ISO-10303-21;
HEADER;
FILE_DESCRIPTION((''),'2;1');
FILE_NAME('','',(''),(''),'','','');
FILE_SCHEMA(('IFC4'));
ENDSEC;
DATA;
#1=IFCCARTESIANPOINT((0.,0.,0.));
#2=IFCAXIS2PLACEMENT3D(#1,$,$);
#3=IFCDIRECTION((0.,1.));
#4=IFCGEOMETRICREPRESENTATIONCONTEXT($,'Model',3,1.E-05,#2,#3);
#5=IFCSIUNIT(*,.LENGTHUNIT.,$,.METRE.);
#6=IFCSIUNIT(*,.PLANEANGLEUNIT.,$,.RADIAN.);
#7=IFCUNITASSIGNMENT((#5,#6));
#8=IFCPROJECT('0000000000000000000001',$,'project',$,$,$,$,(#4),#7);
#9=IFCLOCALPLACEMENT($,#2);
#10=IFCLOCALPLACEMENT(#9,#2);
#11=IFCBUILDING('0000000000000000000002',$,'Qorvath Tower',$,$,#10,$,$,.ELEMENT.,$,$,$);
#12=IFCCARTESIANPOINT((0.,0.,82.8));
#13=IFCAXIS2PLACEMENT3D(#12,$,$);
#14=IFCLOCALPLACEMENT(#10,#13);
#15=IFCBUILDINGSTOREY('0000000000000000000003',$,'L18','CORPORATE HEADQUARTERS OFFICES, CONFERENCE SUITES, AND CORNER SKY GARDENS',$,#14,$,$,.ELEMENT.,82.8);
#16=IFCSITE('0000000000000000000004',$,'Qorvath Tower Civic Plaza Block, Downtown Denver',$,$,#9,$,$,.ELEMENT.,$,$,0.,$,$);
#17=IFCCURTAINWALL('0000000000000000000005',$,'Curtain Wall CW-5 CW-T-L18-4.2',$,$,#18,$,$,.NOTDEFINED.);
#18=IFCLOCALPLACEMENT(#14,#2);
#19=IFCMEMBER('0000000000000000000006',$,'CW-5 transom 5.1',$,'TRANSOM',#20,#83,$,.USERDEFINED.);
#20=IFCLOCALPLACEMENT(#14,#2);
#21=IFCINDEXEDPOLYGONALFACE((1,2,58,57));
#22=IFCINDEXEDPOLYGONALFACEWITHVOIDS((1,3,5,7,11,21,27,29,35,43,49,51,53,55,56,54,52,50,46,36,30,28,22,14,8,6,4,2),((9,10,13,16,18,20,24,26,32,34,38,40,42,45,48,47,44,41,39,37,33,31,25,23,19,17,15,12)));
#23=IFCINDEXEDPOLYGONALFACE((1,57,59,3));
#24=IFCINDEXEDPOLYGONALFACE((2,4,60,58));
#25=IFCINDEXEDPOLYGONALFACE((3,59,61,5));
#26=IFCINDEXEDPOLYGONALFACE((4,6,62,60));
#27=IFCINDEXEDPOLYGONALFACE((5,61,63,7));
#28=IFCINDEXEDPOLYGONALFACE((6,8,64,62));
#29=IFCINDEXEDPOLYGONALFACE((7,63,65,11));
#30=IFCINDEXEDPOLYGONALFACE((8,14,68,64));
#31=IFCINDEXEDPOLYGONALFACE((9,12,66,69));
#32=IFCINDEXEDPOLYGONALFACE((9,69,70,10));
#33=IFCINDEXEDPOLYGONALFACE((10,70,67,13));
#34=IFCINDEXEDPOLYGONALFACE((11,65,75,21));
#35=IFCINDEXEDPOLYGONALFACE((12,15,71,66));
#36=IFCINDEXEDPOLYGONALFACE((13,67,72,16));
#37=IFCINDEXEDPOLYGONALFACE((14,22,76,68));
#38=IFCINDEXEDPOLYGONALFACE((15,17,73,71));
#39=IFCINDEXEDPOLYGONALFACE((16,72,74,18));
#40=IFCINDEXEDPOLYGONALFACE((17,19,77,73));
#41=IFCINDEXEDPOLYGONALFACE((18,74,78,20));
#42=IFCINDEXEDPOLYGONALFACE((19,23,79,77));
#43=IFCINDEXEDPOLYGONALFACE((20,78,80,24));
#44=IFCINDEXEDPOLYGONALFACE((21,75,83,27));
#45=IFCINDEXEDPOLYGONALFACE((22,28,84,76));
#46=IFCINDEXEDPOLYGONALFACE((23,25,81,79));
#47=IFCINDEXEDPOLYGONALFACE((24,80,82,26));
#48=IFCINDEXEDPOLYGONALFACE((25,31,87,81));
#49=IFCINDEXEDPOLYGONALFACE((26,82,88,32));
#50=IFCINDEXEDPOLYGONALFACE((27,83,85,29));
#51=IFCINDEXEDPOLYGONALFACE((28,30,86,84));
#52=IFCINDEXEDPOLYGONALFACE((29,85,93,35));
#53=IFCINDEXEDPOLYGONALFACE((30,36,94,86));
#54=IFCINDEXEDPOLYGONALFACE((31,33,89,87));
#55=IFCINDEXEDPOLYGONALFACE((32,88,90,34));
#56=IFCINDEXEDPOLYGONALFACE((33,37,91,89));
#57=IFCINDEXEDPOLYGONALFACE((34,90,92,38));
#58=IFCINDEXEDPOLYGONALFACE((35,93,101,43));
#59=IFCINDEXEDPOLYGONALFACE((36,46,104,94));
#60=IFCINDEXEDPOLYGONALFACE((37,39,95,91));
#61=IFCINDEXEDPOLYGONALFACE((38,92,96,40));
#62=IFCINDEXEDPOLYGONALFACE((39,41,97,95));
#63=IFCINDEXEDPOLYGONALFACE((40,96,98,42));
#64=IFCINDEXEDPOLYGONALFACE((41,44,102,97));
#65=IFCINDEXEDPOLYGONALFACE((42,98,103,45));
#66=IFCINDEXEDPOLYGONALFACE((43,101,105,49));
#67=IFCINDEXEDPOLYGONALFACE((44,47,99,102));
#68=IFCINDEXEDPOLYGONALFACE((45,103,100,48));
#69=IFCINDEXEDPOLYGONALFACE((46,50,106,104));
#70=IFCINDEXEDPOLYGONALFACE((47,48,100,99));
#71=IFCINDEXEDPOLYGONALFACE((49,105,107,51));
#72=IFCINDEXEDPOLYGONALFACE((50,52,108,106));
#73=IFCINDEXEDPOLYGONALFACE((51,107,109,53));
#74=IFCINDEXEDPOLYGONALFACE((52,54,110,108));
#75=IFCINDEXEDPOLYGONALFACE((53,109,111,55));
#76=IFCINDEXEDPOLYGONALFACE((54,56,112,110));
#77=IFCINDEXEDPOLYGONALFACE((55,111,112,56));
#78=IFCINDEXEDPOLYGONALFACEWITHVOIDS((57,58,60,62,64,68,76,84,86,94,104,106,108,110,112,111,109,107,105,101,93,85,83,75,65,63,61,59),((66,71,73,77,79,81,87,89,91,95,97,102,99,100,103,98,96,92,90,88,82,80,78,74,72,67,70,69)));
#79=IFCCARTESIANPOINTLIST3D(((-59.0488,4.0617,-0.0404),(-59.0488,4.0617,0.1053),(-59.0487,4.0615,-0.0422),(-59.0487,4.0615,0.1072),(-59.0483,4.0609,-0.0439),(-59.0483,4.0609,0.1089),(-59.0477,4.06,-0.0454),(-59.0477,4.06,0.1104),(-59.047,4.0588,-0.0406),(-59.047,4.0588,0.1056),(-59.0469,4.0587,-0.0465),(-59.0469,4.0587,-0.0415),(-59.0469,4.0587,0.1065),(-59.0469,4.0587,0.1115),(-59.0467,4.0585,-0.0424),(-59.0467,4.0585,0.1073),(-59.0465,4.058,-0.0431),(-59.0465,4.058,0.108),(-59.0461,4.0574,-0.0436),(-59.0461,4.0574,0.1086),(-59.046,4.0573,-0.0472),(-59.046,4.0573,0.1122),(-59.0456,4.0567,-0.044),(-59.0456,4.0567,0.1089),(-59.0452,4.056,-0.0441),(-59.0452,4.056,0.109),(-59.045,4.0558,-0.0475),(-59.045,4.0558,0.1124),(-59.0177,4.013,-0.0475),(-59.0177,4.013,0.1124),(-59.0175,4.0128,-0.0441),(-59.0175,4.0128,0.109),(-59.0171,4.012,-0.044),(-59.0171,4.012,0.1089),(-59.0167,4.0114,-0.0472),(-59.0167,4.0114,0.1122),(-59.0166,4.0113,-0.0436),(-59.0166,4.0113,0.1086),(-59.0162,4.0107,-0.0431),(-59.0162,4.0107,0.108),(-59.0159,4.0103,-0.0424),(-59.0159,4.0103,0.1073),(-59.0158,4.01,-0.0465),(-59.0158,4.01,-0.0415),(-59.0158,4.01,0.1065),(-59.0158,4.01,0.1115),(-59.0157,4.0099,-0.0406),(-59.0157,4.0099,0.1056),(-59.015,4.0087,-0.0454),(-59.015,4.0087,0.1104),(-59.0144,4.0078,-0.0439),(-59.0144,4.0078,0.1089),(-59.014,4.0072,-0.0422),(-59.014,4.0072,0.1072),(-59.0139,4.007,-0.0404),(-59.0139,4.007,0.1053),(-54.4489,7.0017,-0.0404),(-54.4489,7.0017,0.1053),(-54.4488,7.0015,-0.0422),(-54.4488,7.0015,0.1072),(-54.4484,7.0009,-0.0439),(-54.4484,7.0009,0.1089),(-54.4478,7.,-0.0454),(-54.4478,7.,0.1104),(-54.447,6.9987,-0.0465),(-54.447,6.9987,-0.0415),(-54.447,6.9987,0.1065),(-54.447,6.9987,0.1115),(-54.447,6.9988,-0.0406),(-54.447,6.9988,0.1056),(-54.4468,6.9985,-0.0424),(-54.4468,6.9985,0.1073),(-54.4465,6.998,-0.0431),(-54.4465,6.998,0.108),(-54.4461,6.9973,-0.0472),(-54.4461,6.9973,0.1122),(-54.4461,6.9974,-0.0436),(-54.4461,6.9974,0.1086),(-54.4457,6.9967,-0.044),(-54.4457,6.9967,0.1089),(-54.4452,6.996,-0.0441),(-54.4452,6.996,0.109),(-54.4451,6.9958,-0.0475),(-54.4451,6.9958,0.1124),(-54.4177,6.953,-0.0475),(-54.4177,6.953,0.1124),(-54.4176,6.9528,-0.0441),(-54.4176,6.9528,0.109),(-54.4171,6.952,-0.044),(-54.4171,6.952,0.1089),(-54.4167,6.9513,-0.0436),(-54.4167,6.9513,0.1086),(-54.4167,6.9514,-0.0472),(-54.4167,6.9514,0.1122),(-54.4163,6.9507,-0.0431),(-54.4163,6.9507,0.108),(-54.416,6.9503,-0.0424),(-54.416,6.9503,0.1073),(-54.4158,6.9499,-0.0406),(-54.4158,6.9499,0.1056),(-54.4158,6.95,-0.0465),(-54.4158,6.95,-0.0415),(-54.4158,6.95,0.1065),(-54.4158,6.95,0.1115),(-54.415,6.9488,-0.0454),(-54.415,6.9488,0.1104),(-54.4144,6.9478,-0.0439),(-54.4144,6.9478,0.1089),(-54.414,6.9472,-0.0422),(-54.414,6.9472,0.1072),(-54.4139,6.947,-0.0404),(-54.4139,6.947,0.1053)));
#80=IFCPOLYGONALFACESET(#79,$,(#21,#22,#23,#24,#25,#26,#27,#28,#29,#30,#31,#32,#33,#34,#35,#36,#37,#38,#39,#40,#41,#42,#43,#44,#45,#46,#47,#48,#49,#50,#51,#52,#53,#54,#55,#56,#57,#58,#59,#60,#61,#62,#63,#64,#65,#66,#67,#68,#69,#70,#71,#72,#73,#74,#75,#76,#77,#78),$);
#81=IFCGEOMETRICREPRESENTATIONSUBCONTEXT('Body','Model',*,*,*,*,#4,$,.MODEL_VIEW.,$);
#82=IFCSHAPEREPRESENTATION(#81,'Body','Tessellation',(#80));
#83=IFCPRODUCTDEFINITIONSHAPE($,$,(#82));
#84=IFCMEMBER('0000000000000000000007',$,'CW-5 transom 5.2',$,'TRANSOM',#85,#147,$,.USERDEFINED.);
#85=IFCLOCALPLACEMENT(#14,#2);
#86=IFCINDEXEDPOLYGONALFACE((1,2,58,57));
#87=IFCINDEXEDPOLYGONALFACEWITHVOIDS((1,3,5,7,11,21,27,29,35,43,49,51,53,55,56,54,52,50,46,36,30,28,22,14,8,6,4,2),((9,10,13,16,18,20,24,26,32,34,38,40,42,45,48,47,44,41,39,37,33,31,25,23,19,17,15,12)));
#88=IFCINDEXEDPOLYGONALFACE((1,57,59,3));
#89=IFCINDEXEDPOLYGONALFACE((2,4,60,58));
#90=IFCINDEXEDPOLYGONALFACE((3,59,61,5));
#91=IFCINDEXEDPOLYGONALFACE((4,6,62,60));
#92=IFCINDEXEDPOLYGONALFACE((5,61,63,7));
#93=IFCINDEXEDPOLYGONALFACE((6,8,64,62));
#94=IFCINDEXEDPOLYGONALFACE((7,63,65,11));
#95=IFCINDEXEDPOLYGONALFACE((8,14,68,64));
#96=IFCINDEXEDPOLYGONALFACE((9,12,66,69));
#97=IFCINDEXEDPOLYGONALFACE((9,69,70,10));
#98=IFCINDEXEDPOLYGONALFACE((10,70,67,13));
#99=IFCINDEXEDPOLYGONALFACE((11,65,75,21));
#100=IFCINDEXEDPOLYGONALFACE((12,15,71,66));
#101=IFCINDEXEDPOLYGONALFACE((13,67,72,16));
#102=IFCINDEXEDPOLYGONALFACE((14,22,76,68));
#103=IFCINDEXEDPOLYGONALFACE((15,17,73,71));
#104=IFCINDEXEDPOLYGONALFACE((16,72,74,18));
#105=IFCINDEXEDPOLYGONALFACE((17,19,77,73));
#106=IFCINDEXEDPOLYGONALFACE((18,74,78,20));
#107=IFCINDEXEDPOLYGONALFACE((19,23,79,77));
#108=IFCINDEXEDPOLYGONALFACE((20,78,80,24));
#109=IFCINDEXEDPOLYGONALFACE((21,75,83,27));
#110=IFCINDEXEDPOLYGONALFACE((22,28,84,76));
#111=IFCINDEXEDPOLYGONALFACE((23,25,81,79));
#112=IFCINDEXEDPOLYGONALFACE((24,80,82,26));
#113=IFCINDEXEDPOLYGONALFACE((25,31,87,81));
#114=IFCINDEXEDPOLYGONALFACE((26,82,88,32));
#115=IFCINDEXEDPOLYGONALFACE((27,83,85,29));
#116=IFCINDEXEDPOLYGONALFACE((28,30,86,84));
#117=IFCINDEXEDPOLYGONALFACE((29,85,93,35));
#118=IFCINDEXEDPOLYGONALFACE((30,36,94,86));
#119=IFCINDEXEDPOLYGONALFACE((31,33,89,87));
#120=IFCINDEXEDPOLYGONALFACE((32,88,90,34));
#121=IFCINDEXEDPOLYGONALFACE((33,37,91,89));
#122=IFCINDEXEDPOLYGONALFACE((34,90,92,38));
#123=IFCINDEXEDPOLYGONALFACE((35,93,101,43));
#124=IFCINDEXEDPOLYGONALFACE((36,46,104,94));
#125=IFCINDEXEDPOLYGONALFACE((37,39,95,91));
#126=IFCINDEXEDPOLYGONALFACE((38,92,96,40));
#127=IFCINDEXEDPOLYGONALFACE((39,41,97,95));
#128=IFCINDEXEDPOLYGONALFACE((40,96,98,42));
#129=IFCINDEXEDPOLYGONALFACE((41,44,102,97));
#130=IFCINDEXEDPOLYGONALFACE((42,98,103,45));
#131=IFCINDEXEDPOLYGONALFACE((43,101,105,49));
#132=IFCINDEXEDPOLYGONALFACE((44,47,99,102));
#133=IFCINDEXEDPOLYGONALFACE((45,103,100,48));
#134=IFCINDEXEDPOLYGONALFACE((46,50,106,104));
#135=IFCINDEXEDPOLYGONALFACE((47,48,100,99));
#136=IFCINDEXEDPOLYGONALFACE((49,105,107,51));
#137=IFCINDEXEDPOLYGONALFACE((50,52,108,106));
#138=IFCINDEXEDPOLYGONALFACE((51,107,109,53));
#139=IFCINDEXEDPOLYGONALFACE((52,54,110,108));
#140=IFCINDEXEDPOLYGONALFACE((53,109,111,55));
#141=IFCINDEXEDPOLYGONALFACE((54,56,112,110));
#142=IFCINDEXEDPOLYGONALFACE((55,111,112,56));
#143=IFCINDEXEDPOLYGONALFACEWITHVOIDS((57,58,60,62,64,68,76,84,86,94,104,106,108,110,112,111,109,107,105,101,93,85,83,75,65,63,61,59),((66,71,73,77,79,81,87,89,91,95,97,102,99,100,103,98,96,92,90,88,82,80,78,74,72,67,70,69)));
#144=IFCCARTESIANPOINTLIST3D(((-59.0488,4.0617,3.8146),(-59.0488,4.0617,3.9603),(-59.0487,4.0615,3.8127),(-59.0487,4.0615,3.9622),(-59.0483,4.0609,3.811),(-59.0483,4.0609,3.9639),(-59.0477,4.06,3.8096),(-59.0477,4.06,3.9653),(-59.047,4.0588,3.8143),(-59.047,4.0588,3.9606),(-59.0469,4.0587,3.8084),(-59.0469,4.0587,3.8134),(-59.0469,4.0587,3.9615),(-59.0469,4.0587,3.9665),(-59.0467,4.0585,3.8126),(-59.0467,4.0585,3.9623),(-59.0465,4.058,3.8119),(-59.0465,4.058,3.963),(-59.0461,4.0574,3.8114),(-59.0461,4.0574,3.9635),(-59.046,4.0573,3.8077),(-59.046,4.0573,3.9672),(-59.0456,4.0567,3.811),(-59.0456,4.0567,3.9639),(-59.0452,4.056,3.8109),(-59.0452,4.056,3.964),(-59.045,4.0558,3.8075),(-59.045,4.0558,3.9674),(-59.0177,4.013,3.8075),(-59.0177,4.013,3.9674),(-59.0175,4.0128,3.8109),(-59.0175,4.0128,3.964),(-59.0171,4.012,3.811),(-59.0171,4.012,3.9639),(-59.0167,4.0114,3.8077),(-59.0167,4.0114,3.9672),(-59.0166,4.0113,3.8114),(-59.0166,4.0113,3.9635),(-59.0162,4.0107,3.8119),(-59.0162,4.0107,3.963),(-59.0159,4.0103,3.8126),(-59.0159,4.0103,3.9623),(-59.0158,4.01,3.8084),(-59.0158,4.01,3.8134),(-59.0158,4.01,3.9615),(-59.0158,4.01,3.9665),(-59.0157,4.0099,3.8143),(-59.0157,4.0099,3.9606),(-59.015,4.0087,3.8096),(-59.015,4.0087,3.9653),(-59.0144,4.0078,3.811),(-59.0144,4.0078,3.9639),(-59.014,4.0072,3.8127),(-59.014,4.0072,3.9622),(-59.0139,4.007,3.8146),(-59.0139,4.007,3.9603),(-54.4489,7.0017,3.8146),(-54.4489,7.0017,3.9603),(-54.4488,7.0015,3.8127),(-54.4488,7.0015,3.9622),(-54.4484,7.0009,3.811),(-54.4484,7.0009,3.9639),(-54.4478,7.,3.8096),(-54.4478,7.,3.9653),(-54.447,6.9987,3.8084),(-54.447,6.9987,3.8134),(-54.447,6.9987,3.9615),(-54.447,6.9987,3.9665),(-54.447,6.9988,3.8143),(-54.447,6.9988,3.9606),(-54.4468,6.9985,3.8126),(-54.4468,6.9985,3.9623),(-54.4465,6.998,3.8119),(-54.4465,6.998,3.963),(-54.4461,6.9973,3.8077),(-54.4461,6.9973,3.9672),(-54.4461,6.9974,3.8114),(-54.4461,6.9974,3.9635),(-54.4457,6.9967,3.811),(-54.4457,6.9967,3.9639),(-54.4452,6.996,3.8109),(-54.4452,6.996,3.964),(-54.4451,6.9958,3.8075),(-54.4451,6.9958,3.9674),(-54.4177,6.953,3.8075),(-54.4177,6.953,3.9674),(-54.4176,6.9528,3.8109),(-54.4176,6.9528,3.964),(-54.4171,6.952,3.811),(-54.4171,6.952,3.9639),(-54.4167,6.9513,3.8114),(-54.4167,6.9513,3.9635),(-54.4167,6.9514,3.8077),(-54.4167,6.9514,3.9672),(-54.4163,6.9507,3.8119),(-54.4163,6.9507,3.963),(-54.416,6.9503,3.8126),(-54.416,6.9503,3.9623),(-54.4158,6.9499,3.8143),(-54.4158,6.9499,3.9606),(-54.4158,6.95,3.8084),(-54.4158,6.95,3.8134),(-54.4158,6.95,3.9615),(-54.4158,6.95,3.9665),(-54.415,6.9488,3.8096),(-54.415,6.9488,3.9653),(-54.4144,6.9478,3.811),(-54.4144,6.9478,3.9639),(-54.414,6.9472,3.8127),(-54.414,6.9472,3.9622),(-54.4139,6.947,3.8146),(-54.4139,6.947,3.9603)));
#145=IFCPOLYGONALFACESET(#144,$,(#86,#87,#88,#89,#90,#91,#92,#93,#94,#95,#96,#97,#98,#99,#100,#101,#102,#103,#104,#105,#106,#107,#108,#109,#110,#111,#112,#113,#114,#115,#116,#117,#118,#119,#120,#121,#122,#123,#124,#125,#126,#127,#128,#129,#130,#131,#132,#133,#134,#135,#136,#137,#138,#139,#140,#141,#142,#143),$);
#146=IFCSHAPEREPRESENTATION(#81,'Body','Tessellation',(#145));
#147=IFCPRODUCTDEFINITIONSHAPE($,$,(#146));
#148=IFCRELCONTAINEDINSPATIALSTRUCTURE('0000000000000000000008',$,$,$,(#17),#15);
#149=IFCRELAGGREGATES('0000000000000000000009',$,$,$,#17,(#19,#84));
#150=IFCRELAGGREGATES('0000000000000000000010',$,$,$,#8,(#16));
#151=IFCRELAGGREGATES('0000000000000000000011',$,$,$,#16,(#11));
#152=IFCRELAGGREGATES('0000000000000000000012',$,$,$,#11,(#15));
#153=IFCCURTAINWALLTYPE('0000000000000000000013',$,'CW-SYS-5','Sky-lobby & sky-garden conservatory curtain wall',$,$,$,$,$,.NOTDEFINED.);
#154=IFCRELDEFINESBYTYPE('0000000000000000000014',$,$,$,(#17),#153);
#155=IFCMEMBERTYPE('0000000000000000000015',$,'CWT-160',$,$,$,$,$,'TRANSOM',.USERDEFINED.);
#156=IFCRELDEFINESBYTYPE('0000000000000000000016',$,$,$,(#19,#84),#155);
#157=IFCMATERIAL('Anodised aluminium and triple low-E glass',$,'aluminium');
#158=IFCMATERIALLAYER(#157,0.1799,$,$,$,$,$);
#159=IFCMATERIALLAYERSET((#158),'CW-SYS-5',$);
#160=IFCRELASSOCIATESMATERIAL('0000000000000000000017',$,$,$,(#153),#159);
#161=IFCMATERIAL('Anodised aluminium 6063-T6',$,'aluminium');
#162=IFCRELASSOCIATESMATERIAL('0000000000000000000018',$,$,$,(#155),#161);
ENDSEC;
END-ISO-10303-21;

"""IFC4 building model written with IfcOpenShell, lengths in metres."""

from ifc_helpers import new_model, si_unit, direction, frame, origin, origin_2d, place, context, subcontext, project, spatial, hollow_rectangle, extrude, material, layer, layer_set, material_profile, profile_set, type_object, element, aggregate, save


model = new_model("IFC4")

# Units and contexts
model_context = context("Model", 3, precision=1e-05, world=origin(), true_north=direction((0.0, 1.0)))
body_context = subcontext(model_context, "Body", "Model", "MODEL_VIEW")
ifc_project = project(units=[si_unit("LENGTHUNIT", "METRE"), si_unit("PLANEANGLEUNIT", "RADIAN")], contexts=[model_context])

# Site, building, storey
site_placement = place(None, origin())
site = spatial("IfcSite", under=ifc_project, at=site_placement, Name="Qorvath Tower Civic Plaza Block, Downtown Denver", CompositionType="ELEMENT", RefElevation=0.0)
building_placement = place(site_placement, origin())
building = spatial("IfcBuilding", under=site, at=building_placement, Name="Qorvath Tower", CompositionType="ELEMENT")
storey_placement = place(building_placement, frame((0.0, 0.0, 82.8)))
storey = spatial("IfcBuildingStorey", under=building, at=storey_placement, Name="L18", Description="CORPORATE HEADQUARTERS OFFICES, CONFERENCE SUITES, AND CORNER SKY GARDENS", CompositionType="ELEMENT", Elevation=82.8)

# Curtain wall
ifc_material_1 = material(Name="Anodised aluminium and triple low-E glass", Category="aluminium")
ifc_layer_1 = layer(ifc_material_1, 0.1799)
ifc_layer_set_1 = layer_set([ifc_layer_1], Name="CW-SYS-5")
curtain_wall_type = type_object("IfcCurtainWallType", Name="CW-SYS-5", Description="Sky-lobby & sky-garden conservatory curtain wall", PredefinedType="NOTDEFINED", material=ifc_layer_set_1)
curtain_wall_1_placement = place(storey_placement, origin())
curtain_wall_1 = element("IfcCurtainWall", 1, at=curtain_wall_1_placement, inside=storey, type_object=curtain_wall_type, Name="Curtain Wall CW-5 CW-T-L18-4.2", PredefinedType="NOTDEFINED")

# Members
ifc_material_2 = material(Name="Anodised aluminium 6063-T6", Category="aluminium")
ifc_material_profile_1 = material_profile(ifc_material_2, hollow_rectangle(XDim=0.0649, YDim=0.1599, WallThickness=0.0034, InnerFilletRadius=0.0034, OuterFilletRadius=0.0071, at=origin_2d()), Name="CWT 160x65")
ifc_profile_set_1 = profile_set([ifc_material_profile_1], Name="Anodised aluminium 6063-T6")
member_type_1 = type_object("IfcMemberType", Name="CWT-160", ElementType="TRANSOM", PredefinedType="USERDEFINED", material=ifc_profile_set_1)
member_1_placement = place(storey_placement, frame((-54.4314, 6.9744, 0.0325), z_axis=(-0.842601, -0.538538, 0.0), x_axis=(0.538538, -0.842601, 0.0)))
member_1 = element("IfcMember", 2, at=member_1_placement, type_object=member_type_1, Name="CW-5 transom 5.1", ObjectType="TRANSOM", PredefinedType="USERDEFINED", context=body_context, shape_type="SweptSolid", body=[
    extrude(hollow_rectangle(XDim=0.0649, YDim=0.1599, WallThickness=0.0034, InnerFilletRadius=0.0034, OuterFilletRadius=0.0071, at=origin_2d()), origin(), (0.0, 0.0, 1.0), 5.4592),
])
member_2_placement = place(storey_placement, frame((-54.4314, 6.9744, 3.8875), z_axis=(-0.842601, -0.538538, 0.0), x_axis=(0.538538, -0.842601, 0.0)))
member_2 = element("IfcMember", 3, at=member_2_placement, type_object=member_type_1, Name="CW-5 transom 5.2", ObjectType="TRANSOM", PredefinedType="USERDEFINED", context=body_context, shape_type="SweptSolid", body=[
    extrude(hollow_rectangle(XDim=0.0649, YDim=0.1599, WallThickness=0.0034, InnerFilletRadius=0.0034, OuterFilletRadius=0.0071, at=origin_2d()), origin(), (0.0, 0.0, 1.0), 5.4592),
])

aggregate(curtain_wall_1, [member_1, member_2])

save(model, "model.ifc")
